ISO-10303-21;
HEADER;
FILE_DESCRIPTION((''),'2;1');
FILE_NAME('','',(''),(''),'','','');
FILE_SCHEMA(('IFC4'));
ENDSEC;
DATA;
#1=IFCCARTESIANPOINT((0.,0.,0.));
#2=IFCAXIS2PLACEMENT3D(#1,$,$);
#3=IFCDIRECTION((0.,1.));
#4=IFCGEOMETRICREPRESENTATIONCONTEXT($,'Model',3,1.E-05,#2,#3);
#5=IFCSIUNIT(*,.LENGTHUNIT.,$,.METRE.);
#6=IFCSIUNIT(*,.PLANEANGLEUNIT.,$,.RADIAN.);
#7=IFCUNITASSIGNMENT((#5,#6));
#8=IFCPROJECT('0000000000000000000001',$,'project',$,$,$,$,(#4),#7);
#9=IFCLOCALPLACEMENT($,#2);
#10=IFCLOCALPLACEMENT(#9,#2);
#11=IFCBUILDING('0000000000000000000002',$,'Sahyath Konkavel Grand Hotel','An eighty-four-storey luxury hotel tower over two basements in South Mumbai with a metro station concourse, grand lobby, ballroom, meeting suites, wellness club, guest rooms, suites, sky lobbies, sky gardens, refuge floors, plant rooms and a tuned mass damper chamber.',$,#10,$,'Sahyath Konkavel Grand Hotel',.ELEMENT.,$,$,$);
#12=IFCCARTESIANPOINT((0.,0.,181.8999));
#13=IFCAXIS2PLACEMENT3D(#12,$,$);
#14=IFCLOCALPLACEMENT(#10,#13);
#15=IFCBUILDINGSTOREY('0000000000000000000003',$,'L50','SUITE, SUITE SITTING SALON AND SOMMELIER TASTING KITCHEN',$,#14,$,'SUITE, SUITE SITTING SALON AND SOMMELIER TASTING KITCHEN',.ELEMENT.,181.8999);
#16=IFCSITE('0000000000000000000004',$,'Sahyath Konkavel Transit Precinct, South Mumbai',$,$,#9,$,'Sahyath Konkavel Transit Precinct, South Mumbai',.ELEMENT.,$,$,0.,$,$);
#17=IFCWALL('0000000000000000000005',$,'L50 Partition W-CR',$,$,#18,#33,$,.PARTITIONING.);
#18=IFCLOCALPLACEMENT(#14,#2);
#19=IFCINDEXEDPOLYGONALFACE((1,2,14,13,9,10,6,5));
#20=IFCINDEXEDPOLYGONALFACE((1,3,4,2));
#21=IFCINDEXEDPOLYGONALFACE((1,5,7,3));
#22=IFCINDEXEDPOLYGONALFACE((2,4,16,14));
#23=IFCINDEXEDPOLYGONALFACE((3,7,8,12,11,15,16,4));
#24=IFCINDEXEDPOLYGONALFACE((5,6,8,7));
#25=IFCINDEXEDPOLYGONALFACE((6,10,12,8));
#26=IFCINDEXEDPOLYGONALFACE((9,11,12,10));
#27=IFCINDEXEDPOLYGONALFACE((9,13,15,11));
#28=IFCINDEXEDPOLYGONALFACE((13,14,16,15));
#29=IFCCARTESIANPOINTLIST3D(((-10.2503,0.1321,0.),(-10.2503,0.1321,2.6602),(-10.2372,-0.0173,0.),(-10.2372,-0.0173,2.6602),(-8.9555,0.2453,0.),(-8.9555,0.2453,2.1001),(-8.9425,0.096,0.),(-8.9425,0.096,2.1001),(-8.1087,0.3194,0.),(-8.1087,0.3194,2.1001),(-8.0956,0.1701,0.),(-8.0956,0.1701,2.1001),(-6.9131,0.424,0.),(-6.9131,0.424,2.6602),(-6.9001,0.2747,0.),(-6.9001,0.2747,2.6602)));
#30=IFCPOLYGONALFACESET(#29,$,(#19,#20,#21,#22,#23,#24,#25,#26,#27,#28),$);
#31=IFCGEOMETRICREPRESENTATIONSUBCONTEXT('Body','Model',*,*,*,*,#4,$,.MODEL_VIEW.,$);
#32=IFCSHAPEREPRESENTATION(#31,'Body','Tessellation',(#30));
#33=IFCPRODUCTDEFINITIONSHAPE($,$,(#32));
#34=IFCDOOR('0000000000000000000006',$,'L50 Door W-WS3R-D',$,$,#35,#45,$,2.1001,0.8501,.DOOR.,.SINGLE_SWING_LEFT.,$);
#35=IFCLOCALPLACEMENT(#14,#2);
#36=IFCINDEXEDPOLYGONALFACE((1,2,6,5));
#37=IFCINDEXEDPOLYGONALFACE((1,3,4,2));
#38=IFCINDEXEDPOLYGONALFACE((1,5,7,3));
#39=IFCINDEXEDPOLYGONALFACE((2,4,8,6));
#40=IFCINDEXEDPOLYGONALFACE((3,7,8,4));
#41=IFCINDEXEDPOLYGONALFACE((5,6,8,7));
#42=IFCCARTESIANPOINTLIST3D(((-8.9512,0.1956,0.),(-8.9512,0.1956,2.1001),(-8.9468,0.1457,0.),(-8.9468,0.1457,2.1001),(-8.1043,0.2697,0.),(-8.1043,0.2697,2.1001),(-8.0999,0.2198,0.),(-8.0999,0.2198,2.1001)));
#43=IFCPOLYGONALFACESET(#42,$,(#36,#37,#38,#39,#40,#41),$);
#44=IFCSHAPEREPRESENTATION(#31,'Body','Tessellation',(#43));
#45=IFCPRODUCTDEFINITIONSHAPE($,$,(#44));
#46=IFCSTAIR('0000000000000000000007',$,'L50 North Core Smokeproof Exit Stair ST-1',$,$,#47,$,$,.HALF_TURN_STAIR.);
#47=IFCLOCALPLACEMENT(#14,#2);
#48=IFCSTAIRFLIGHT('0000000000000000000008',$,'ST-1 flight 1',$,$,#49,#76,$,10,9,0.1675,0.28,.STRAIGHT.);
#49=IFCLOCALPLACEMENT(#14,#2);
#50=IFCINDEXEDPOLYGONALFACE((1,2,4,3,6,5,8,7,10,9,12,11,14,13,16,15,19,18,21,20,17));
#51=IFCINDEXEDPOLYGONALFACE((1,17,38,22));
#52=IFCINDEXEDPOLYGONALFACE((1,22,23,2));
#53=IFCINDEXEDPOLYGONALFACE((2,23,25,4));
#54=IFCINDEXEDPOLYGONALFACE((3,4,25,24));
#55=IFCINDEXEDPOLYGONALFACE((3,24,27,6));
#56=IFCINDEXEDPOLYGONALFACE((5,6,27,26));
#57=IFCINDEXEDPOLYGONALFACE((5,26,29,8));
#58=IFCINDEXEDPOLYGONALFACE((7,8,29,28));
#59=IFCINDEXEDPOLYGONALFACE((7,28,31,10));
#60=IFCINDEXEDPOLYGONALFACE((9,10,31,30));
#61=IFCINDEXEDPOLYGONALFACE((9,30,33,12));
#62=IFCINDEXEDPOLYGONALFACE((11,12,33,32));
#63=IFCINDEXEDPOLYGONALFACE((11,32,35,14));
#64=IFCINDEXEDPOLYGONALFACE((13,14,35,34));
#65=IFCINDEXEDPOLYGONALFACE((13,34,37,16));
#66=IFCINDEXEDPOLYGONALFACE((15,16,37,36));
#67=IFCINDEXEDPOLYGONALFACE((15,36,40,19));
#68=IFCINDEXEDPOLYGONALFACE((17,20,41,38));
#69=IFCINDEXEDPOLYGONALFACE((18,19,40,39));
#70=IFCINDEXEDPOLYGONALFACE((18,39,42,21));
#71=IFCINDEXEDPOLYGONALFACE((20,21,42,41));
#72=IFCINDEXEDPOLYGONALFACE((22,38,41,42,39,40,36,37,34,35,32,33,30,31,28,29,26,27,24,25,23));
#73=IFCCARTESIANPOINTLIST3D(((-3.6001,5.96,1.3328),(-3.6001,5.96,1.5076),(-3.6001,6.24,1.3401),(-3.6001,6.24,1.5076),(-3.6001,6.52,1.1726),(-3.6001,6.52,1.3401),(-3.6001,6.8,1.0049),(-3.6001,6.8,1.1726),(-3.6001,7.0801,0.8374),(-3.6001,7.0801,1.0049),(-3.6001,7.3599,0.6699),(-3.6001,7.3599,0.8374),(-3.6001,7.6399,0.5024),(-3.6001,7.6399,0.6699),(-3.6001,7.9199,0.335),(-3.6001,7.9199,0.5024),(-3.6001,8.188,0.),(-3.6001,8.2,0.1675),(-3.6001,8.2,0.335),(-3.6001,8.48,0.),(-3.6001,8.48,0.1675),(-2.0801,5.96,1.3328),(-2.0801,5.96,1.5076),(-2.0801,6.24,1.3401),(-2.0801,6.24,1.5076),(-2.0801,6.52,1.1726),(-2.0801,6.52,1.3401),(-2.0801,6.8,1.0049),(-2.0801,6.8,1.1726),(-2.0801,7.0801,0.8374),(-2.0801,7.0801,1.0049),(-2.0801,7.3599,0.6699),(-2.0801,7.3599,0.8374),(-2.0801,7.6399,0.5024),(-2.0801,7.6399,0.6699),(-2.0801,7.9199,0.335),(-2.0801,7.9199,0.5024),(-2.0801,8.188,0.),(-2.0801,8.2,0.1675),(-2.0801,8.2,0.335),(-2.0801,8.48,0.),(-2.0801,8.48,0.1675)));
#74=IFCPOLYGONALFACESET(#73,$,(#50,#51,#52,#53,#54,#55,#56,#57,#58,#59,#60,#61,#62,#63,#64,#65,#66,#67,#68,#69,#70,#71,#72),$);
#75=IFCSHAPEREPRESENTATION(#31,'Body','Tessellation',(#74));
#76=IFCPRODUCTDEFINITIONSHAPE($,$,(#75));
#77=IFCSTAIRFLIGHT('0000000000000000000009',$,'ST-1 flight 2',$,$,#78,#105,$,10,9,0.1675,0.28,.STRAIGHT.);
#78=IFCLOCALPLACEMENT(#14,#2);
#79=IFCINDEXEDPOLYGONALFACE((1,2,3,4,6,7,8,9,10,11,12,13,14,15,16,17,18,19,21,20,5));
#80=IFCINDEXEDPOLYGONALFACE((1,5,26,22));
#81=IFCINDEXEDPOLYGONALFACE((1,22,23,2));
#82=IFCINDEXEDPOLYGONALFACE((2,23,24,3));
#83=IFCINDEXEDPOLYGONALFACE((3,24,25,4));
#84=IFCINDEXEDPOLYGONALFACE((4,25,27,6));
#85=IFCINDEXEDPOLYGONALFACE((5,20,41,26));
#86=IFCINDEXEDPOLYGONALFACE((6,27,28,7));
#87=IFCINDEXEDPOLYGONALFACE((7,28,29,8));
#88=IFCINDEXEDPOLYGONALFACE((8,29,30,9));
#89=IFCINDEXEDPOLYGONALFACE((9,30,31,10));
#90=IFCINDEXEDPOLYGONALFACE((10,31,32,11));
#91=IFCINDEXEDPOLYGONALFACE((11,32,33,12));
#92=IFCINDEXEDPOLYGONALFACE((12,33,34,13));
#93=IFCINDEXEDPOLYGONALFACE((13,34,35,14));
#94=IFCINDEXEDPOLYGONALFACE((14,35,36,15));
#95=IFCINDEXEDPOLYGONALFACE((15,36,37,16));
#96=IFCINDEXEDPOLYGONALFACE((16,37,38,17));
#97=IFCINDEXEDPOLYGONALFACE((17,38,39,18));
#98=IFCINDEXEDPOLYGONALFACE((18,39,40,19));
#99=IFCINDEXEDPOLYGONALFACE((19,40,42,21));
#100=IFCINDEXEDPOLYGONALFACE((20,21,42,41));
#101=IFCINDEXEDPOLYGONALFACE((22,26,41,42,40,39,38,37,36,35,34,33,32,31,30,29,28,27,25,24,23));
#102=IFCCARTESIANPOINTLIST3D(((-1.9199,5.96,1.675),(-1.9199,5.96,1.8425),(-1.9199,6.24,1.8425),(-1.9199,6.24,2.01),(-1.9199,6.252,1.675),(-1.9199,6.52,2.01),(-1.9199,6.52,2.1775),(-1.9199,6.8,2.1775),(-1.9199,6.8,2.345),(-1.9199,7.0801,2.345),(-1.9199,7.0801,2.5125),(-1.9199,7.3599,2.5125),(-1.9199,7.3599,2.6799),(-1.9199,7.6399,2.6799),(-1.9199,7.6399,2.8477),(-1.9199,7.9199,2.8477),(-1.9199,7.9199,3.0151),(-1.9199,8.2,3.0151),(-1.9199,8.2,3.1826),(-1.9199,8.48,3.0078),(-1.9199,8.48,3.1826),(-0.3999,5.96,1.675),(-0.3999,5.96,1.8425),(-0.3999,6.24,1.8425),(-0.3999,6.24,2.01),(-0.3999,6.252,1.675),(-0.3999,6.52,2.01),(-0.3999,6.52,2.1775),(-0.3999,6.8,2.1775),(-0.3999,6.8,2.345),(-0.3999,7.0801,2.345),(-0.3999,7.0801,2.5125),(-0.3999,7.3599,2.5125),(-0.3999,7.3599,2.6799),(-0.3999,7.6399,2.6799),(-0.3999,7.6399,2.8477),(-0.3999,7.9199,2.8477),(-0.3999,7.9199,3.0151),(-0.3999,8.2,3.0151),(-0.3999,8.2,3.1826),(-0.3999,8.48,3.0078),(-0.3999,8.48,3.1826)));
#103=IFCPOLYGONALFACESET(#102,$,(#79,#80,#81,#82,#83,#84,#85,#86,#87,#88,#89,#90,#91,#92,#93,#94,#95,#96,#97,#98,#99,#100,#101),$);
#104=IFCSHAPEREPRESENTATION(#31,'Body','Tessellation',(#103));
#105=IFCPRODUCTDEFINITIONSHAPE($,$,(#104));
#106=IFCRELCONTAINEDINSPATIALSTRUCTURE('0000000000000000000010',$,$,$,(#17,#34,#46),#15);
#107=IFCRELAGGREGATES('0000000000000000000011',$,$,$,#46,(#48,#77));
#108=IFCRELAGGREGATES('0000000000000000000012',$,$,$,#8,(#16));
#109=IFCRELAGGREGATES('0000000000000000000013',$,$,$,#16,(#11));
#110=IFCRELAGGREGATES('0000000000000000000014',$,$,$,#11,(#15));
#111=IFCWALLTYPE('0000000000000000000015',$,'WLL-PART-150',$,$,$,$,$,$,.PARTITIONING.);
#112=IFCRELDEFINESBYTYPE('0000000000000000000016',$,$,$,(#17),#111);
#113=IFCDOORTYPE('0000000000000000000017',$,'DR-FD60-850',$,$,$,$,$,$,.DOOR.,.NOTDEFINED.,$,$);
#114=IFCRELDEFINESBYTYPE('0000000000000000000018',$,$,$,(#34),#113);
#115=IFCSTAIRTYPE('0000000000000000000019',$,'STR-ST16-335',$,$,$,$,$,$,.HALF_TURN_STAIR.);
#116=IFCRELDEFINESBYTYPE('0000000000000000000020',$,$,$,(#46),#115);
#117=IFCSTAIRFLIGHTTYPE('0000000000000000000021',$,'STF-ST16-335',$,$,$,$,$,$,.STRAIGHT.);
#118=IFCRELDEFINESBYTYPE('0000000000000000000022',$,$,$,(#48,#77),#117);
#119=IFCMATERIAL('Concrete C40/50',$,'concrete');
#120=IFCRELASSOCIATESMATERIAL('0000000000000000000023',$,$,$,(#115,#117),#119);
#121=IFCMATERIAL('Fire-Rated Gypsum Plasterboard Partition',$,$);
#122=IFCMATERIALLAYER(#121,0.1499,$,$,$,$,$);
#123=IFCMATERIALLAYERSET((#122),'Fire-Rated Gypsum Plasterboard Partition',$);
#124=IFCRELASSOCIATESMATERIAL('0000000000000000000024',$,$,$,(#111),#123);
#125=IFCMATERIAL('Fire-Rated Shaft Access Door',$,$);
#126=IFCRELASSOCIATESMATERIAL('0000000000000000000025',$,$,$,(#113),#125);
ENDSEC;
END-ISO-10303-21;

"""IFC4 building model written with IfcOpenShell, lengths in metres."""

from ifc_helpers import new_model, si_unit, direction, frame, frame_2d, origin, origin_2d, place, context, subcontext, project, spatial, polyline, rectangle, outline, extrude, source, transform, mapped, material, layer, layer_set, type_object, element, fill, aggregate, save


model = new_model("IFC4")

# Units and contexts
model_context = context("Model", 3, precision=1e-05, world=origin(), true_north=direction((0.0, 1.0)))
body_context = subcontext(model_context, "Body", "Model", "MODEL_VIEW")
ifc_project = project(units=[si_unit("LENGTHUNIT", "METRE"), si_unit("PLANEANGLEUNIT", "RADIAN")], contexts=[model_context])

# Site, building, storey
site_placement = place(None, origin())
site = spatial("IfcSite", under=ifc_project, at=site_placement, Name="Sahyath Konkavel Transit Precinct, South Mumbai", LongName="Sahyath Konkavel Transit Precinct, South Mumbai", CompositionType="ELEMENT", RefElevation=0.0)
building_placement = place(site_placement, origin())
building = spatial("IfcBuilding", under=site, at=building_placement, Name="Sahyath Konkavel Grand Hotel", Description="An eighty-four-storey luxury hotel tower over two basements in South Mumbai with a metro station concourse, grand lobby, ballroom, meeting suites, wellness club, guest rooms, suites, sky lobbies, sky gardens, refuge floors, plant rooms and a tuned mass damper chamber.", LongName="Sahyath Konkavel Grand Hotel", CompositionType="ELEMENT")
storey_placement = place(building_placement, frame((0.0, 0.0, 181.8999)))
storey = spatial("IfcBuildingStorey", under=building, at=storey_placement, Name="L50", Description="SUITE, SUITE SITTING SALON AND SOMMELIER TASTING KITCHEN", LongName="SUITE, SUITE SITTING SALON AND SOMMELIER TASTING KITCHEN", CompositionType="ELEMENT", Elevation=181.8999)

# Shared definitions
ifc_material_1 = material(Name="Concrete C40/50", Category="concrete")
stair_type = type_object("IfcStairType", Name="STR-ST16-335", PredefinedType="HALF_TURN_STAIR", material=ifc_material_1)

# Wall, opening, door
ifc_material_2 = material(Name="Fire-Rated Gypsum Plasterboard Partition")
ifc_layer_1 = layer(ifc_material_2, 0.1499)
ifc_layer_set_1 = layer_set([ifc_layer_1], Name="Fire-Rated Gypsum Plasterboard Partition")
wall_type_1 = type_object("IfcWallType", Name="WLL-PART-150", PredefinedType="PARTITIONING", material=ifc_layer_set_1)
ifc_material_3 = material(Name="Fire-Rated Shaft Access Door")
door_type_1 = type_object("IfcDoorType", Name="DR-FD60-850", OperationType="NOTDEFINED", PredefinedType="DOOR", material=ifc_material_3)
shared_shape_1 = source(origin(), body_context, "Body", "SweptSolid", [
    extrude(rectangle(XDim=0.8501, YDim=0.05, at=origin_2d()), origin(), (0.0, 0.0, 1.0), 2.1001),
])
wall_1_placement = place(storey_placement, frame((-6.9067, 0.3494, 0.0), z_axis=(0.0, 0.0, 1.0), x_axis=(-0.996194, -0.087164, 0.0)))
wall_1 = element("IfcWall", 1, at=wall_1_placement, inside=storey, type_object=wall_type_1, Name="L50 Partition W-CR", PredefinedType="PARTITIONING", context=body_context, shape_type="SweptSolid", body=[
    extrude(rectangle(XDim=3.3499, YDim=0.1499, at=frame_2d((1.6748, 0.0))), origin(), (0.0, 0.0, 1.0), 2.6602),
])
opening_1_placement = place(wall_1_placement, frame((1.2, 0.0, 0.0)))
opening_1 = element("IfcOpeningElement", 2, at=opening_1_placement, cuts=wall_1, PredefinedType="OPENING", context=body_context, shape_type="SweptSolid", body=[
    extrude(rectangle(XDim=0.8501, YDim=2.1001, at=frame_2d((0.425, 1.05))), frame((0.0, 0.085, 0.0), z_axis=(0.0, -1.0, 0.0), x_axis=(1.0, 0.0, 0.0)), (0.0, 0.0, 1.0), 0.1699),
])
door_1_placement = place(opening_1_placement, frame((0.425, 0.0, 0.0)))
door_1 = element("IfcDoor", 3, at=door_1_placement, inside=storey, type_object=door_type_1, Name="L50 Door W-WS3R-D", OperationType="SINGLE_SWING_LEFT", OverallHeight=2.1001, OverallWidth=0.8501, PredefinedType="DOOR", context=body_context, shape_type="MappedRepresentation", body=[
    mapped(shared_shape_1, transform((0.0, 0.0, 0.0), scale=1.0)),
])
fill(opening_1, door_1)

# Stair, stair flights
stair_1_placement = place(storey_placement, origin())
stair_1 = element("IfcStair", 4, at=stair_1_placement, inside=storey, type_object=stair_type, Name="L50 North Core Smokeproof Exit Stair ST-1", PredefinedType="HALF_TURN_STAIR")
stair_flight_type = type_object("IfcStairFlightType", Name="STF-ST16-335", PredefinedType="STRAIGHT", material=ifc_material_1)
stair_flight_1_placement = place(storey_placement, frame((-2.8401, 8.48, 0.0), z_axis=(0.0, 0.0, 1.0), x_axis=(0.0, -1.0, 0.0)))
stair_flight_1 = element("IfcStairFlight", 5, at=stair_flight_1_placement, type_object=stair_flight_type, Name="ST-1 flight 1", NumberOfRisers=10, NumberOfTreads=9, PredefinedType="STRAIGHT", RiserHeight=0.1675, TreadLength=0.28, context=body_context, shape_type="SweptSolid", body=[
    extrude(outline(polyline([(0.0, 0.0), (0.0, 0.1675), (0.28, 0.1675), (0.28, 0.335), (0.5601, 0.335), (0.5601, 0.5024), (0.8401, 0.5024), (0.8401, 0.6699), (1.1201, 0.6699), (1.1201, 0.8374), (1.3999, 0.8374), (1.3999, 1.0049), (1.6799, 1.0049), (1.6799, 1.1726), (1.96, 1.1726), (1.96, 1.3401), (2.24, 1.3401), (2.24, 1.5076), (2.52, 1.5076), (2.52, 1.675), (2.52, 1.3328), (0.292, 0.0), (0.0, 0.0)])), frame((0.0, 0.76, 0.0), z_axis=(0.0, -1.0, 0.0), x_axis=(1.0, 0.0, 0.0)), (0.0, 0.0, 1.0), 1.52),
])
stair_flight_2_placement = place(storey_placement, frame((-1.1599, 5.96, 1.675), z_axis=(0.0, 0.0, 1.0), x_axis=(0.0, 1.0, 0.0)))
stair_flight_2 = element("IfcStairFlight", 6, at=stair_flight_2_placement, type_object=stair_flight_type, Name="ST-1 flight 2", NumberOfRisers=10, NumberOfTreads=9, PredefinedType="STRAIGHT", RiserHeight=0.1675, TreadLength=0.28, context=body_context, shape_type="SweptSolid", body=[
    extrude(outline(polyline([(0.0, 0.0), (0.0, 0.1675), (0.28, 0.1675), (0.28, 0.335), (0.5601, 0.335), (0.5601, 0.5024), (0.8401, 0.5024), (0.8401, 0.6699), (1.1201, 0.6699), (1.1201, 0.8374), (1.3999, 0.8374), (1.3999, 1.0049), (1.6799, 1.0049), (1.6799, 1.1726), (1.96, 1.1726), (1.96, 1.3401), (2.24, 1.3401), (2.24, 1.5076), (2.52, 1.5076), (2.52, 1.675), (2.52, 1.3328), (0.292, 0.0), (0.0, 0.0)])), frame((0.0, 0.76, 0.0), z_axis=(0.0, -1.0, 0.0), x_axis=(1.0, 0.0, 0.0)), (0.0, 0.0, 1.0), 1.52),
])
aggregate(stair_1, [stair_flight_1, stair_flight_2])

save(model, "model.ifc")
